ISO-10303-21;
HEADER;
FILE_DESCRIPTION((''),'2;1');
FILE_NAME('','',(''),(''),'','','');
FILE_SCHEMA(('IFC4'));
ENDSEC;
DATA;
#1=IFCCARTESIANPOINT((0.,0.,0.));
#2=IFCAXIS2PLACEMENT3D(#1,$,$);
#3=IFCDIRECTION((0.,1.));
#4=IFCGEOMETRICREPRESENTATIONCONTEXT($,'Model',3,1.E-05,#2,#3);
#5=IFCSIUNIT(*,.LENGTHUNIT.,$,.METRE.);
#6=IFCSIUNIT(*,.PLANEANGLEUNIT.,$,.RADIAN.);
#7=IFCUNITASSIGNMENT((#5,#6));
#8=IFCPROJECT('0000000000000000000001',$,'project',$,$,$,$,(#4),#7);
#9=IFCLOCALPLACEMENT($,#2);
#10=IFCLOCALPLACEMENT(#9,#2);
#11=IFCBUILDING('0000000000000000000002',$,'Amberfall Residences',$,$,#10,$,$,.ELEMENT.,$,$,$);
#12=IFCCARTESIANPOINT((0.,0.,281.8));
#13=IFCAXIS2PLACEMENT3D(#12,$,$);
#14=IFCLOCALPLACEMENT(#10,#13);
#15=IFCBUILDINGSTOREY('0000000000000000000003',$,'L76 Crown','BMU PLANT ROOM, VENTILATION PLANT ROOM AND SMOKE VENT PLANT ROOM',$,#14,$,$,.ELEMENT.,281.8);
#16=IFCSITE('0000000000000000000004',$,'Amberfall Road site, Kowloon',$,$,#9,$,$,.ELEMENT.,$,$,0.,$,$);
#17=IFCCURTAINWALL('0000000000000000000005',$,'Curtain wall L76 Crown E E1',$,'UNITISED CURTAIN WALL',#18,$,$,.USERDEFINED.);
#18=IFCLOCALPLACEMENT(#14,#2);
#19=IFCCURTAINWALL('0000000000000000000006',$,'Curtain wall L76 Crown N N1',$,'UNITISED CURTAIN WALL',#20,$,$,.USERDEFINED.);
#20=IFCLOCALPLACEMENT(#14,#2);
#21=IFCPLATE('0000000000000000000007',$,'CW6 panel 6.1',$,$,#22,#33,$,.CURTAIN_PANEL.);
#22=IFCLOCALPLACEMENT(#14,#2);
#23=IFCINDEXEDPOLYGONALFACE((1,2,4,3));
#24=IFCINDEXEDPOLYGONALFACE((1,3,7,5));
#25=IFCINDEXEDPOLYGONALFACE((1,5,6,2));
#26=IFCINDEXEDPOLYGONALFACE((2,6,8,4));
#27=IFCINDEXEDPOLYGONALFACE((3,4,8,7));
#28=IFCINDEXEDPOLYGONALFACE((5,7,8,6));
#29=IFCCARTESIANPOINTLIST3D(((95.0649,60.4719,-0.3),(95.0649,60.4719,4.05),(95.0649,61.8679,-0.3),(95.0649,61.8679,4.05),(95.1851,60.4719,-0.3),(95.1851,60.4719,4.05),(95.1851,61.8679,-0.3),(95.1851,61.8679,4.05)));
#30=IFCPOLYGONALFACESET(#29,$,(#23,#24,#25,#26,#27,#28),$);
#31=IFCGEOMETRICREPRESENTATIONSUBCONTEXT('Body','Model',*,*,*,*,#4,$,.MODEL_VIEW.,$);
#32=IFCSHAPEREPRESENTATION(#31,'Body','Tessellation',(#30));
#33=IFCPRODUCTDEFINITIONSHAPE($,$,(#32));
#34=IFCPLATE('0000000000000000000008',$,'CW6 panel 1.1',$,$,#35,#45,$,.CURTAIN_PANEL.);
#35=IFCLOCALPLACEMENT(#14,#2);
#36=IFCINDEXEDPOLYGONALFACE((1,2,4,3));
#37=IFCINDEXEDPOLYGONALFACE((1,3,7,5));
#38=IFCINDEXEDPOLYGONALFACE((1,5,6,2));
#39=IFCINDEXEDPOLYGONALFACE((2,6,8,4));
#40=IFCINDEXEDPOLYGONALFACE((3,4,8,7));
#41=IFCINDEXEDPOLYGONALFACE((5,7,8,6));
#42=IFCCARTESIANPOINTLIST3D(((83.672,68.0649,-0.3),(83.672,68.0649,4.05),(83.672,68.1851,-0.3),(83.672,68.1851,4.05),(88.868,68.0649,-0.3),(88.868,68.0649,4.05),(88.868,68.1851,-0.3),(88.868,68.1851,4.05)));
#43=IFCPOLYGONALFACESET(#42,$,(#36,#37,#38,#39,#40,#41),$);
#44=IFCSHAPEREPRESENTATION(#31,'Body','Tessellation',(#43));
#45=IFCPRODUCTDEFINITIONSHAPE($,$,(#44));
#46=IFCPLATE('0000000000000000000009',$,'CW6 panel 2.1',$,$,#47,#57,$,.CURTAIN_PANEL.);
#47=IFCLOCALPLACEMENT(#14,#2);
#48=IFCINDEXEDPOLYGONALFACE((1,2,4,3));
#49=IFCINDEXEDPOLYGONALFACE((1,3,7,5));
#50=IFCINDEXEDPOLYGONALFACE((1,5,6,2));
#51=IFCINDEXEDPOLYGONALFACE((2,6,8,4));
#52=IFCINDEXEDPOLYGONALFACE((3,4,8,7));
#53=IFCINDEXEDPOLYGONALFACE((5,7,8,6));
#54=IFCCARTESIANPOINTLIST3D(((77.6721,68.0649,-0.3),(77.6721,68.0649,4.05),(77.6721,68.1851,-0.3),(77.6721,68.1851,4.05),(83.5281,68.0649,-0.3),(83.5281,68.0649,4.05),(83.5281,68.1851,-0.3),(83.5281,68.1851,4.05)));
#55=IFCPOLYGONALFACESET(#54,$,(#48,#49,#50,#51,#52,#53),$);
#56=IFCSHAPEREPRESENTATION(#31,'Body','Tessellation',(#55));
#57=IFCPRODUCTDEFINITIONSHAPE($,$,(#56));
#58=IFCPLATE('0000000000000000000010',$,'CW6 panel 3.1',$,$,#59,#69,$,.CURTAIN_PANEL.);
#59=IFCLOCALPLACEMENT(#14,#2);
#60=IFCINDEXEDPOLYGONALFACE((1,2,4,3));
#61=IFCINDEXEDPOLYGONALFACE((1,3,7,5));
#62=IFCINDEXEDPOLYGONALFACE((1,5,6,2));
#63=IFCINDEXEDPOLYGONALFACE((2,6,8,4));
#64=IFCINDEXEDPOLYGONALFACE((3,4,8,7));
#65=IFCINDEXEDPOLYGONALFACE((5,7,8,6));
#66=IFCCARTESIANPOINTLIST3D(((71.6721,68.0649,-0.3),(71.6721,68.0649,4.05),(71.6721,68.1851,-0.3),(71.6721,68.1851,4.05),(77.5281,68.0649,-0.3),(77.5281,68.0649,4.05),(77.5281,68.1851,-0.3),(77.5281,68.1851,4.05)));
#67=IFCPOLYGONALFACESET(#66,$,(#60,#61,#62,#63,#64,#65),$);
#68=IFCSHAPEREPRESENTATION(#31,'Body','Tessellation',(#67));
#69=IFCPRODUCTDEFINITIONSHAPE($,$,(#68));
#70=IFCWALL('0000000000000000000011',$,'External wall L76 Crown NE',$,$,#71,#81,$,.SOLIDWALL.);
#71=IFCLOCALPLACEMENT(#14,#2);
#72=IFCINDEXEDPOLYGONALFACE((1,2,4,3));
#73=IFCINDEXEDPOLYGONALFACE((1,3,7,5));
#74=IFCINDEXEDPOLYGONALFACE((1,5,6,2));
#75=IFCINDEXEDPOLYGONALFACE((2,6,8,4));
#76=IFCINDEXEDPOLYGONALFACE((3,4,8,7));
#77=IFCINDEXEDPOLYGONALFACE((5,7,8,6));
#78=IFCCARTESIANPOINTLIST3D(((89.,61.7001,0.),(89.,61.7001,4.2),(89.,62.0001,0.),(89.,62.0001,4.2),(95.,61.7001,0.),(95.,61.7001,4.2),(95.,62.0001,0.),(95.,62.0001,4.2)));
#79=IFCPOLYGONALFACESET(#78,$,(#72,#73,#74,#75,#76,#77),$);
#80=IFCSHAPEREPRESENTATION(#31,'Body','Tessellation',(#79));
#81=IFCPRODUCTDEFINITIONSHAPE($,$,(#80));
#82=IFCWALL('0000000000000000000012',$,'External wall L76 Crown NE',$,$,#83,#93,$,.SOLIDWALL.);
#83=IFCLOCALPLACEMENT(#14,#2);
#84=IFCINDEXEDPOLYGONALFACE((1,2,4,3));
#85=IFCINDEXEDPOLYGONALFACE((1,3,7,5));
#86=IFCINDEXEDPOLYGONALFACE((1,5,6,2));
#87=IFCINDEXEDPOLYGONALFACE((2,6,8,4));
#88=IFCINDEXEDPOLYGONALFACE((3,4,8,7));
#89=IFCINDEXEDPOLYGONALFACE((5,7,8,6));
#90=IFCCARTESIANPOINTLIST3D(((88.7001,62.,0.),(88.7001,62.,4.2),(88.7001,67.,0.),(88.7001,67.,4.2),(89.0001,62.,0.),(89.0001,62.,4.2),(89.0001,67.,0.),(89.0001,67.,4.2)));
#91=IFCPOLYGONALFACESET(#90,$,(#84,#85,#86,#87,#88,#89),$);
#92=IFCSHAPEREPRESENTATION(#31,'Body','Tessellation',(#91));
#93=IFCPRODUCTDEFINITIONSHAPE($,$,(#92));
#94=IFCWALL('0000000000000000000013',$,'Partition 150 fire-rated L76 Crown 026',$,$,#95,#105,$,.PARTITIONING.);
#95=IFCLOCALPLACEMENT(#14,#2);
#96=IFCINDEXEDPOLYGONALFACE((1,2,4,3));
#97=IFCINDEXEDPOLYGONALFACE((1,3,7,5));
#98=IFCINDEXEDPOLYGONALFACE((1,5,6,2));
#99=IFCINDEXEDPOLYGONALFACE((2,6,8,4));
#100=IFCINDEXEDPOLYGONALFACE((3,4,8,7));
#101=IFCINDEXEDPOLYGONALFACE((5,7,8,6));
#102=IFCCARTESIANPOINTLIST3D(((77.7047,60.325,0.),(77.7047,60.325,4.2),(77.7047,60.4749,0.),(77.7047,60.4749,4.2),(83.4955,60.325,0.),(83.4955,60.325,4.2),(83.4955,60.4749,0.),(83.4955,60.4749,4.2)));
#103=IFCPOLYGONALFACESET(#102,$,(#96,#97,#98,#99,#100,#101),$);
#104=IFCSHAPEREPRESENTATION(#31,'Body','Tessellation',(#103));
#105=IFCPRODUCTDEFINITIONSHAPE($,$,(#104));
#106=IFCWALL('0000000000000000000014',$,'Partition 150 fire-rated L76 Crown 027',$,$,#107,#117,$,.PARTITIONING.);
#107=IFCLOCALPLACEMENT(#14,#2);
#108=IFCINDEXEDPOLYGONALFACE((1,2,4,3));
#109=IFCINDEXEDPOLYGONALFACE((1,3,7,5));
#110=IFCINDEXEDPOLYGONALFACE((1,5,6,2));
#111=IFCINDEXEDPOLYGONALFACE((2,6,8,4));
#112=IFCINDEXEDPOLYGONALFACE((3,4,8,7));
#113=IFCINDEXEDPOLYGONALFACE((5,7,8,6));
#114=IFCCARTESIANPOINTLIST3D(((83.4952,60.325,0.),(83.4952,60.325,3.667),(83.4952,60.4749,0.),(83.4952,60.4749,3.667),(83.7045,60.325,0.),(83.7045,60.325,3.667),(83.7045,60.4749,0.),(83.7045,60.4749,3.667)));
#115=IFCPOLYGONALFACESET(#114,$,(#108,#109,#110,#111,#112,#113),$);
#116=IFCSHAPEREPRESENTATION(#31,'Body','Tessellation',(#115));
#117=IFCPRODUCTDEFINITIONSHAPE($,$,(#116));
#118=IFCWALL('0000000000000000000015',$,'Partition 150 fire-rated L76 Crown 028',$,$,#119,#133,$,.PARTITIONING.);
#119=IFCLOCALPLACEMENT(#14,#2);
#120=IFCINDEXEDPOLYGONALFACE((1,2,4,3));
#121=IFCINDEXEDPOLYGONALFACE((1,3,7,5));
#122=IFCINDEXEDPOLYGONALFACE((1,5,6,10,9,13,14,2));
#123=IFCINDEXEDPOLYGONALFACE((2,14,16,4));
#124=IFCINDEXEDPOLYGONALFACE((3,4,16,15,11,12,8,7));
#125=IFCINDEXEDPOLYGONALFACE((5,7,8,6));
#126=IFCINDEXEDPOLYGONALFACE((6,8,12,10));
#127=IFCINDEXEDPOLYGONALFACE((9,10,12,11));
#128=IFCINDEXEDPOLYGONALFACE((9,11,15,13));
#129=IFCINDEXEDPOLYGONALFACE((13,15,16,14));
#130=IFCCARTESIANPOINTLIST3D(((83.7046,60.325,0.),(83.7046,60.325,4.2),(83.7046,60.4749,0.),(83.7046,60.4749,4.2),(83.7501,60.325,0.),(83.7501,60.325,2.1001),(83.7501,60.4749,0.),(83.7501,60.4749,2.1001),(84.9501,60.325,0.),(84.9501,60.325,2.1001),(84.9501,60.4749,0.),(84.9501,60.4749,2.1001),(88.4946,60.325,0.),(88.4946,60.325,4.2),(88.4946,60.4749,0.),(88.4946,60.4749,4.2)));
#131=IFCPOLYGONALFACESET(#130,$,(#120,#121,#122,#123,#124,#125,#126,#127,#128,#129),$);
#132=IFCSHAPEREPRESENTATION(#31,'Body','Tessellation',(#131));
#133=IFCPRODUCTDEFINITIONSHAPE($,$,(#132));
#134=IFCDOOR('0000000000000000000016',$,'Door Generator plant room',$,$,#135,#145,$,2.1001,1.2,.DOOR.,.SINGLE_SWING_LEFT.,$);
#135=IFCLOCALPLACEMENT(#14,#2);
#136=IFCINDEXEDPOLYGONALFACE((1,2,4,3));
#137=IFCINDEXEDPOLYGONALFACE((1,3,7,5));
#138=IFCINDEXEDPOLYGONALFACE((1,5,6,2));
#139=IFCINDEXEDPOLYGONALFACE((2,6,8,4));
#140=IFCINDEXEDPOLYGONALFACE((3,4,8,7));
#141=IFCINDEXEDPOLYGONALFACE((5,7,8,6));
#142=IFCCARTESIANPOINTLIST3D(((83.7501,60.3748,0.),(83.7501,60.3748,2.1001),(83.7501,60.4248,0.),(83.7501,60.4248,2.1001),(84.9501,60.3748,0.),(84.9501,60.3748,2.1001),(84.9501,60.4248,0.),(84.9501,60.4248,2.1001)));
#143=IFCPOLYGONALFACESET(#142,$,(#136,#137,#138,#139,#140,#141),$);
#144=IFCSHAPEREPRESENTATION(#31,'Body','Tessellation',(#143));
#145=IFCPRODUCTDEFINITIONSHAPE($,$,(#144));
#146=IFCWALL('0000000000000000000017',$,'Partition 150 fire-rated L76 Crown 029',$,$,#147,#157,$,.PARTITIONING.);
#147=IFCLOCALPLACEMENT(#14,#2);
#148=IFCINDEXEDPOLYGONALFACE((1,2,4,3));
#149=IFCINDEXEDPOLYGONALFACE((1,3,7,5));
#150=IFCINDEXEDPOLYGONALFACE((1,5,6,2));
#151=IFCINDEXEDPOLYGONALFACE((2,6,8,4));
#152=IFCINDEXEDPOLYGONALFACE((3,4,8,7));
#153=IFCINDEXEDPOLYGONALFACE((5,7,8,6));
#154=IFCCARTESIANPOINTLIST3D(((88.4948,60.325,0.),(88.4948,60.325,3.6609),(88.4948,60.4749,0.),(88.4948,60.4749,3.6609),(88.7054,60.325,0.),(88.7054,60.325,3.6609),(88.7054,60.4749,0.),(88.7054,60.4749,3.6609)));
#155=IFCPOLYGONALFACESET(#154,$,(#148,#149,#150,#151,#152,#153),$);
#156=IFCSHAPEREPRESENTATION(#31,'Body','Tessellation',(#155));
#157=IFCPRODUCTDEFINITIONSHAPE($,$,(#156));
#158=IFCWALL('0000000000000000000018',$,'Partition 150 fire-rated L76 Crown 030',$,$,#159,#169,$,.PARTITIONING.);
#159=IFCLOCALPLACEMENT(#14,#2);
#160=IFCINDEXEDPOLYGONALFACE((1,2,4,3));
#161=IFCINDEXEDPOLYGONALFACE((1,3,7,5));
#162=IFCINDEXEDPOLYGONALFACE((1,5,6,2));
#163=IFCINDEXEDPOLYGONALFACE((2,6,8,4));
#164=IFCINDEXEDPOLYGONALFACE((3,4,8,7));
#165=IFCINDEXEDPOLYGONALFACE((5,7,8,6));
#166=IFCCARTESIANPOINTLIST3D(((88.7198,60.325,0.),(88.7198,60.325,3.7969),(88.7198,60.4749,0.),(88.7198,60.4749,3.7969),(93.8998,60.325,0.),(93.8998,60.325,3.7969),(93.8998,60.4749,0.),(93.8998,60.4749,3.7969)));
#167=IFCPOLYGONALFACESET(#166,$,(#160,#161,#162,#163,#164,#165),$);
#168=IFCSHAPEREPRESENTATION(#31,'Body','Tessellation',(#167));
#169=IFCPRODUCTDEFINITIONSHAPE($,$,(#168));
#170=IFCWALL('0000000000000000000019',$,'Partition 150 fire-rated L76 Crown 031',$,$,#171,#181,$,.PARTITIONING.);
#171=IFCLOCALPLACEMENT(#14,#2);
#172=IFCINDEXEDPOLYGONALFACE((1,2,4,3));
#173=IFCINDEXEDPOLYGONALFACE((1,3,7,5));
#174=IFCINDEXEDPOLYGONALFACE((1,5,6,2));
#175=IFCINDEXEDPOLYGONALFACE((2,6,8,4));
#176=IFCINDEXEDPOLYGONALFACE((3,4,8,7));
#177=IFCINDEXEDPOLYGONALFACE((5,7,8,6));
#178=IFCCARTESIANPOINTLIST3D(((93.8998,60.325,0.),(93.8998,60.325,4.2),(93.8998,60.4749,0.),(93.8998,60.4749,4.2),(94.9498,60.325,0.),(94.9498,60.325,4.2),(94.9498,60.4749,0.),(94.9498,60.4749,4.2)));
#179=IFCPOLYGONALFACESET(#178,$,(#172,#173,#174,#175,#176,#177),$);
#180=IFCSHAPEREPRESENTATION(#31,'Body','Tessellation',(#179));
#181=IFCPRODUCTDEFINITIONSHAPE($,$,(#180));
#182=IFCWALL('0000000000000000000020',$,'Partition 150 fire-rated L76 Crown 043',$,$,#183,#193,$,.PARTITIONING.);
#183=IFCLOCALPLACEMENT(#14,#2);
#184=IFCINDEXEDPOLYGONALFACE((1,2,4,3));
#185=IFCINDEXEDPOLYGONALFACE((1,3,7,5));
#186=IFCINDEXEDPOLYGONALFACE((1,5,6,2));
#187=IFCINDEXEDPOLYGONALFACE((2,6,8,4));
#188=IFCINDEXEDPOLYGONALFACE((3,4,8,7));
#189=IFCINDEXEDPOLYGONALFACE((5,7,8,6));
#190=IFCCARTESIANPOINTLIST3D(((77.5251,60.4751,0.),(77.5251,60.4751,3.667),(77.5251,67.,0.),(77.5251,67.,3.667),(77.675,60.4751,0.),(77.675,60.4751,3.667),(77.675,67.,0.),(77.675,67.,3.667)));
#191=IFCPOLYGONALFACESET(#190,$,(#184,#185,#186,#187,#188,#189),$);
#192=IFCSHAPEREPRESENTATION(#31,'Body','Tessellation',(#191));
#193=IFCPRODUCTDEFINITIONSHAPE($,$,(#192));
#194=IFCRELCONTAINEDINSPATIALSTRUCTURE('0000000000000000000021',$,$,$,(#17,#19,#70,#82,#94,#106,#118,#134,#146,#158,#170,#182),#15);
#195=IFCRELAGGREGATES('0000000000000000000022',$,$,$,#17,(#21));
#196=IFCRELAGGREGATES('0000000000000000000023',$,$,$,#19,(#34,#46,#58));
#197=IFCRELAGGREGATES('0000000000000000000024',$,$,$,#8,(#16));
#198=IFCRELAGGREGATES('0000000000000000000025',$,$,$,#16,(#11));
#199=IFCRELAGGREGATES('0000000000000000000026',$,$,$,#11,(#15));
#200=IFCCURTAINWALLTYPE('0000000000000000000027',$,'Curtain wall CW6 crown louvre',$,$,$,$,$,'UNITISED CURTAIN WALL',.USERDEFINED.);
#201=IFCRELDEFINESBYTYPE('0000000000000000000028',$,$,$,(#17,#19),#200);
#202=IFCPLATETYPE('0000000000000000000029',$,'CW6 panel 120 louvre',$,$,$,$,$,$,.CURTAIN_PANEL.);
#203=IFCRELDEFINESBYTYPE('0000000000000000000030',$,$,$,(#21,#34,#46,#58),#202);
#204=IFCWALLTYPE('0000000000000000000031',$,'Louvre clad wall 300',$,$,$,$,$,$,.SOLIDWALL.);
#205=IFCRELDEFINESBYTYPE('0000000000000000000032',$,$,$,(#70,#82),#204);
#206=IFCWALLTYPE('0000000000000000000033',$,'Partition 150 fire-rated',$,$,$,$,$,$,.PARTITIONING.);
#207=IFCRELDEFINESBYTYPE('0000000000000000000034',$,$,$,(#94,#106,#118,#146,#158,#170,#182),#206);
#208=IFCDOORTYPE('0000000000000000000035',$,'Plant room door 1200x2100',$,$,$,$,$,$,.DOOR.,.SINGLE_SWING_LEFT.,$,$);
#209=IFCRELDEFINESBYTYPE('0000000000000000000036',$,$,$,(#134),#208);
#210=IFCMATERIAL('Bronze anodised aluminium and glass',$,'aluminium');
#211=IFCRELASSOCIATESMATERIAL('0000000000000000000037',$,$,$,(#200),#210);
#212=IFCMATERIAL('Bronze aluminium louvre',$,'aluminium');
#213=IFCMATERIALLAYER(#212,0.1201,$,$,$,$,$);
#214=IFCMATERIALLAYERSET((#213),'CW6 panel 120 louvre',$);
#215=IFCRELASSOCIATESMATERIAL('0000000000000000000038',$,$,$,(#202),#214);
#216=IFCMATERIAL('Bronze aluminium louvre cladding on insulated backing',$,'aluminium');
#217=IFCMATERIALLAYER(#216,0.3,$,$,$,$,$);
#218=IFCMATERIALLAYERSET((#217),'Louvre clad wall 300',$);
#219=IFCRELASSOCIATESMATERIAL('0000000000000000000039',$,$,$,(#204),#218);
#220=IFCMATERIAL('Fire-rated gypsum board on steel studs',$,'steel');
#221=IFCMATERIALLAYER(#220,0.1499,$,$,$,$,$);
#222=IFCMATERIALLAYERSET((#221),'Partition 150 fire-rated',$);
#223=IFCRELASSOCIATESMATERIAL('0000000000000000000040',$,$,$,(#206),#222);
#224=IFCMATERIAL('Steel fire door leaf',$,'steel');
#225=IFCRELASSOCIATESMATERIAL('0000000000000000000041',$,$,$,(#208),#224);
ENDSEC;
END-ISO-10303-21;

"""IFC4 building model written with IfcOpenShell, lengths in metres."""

from ifc_helpers import new_model, si_unit, direction, frame, frame_2d, origin, origin_2d, place, context, subcontext, project, spatial, rectangle, extrude, material, layer, layer_set, type_object, element, fill, aggregate, save


model = new_model("IFC4")

# Units and contexts
model_context = context("Model", 3, precision=1e-05, world=origin(), true_north=direction((0.0, 1.0)))
body_context = subcontext(model_context, "Body", "Model", "MODEL_VIEW")
ifc_project = project(units=[si_unit("LENGTHUNIT", "METRE"), si_unit("PLANEANGLEUNIT", "RADIAN")], contexts=[model_context])

# Site, building, storey
site_placement = place(None, origin())
site = spatial("IfcSite", under=ifc_project, at=site_placement, Name="Amberfall Road site, Kowloon", CompositionType="ELEMENT", RefElevation=0.0)
building_placement = place(site_placement, origin())
building = spatial("IfcBuilding", under=site, at=building_placement, Name="Amberfall Residences", CompositionType="ELEMENT")
storey_placement = place(building_placement, frame((0.0, 0.0, 281.8)))
storey = spatial("IfcBuildingStorey", under=building, at=storey_placement, Name="L76 Crown", Description="BMU PLANT ROOM, VENTILATION PLANT ROOM AND SMOKE VENT PLANT ROOM", CompositionType="ELEMENT", Elevation=281.8)

# Curtain walls
ifc_material_1 = material(Name="Bronze anodised aluminium and glass", Category="aluminium")
curtain_wall_type = type_object("IfcCurtainWallType", Name="Curtain wall CW6 crown louvre", ElementType="UNITISED CURTAIN WALL", PredefinedType="USERDEFINED", material=ifc_material_1)
curtain_wall_1_placement = place(storey_placement, origin())
curtain_wall_1 = element("IfcCurtainWall", 1, at=curtain_wall_1_placement, inside=storey, type_object=curtain_wall_type, Name="Curtain wall L76 Crown E E1", ObjectType="UNITISED CURTAIN WALL", PredefinedType="USERDEFINED")
curtain_wall_2_placement = place(storey_placement, origin())
curtain_wall_2 = element("IfcCurtainWall", 2, at=curtain_wall_2_placement, inside=storey, type_object=curtain_wall_type, Name="Curtain wall L76 Crown N N1", ObjectType="UNITISED CURTAIN WALL", PredefinedType="USERDEFINED")

# Plates
ifc_material_2 = material(Name="Bronze aluminium louvre", Category="aluminium")
ifc_layer_1 = layer(ifc_material_2, 0.1201)
ifc_layer_set_1 = layer_set([ifc_layer_1], Name="CW6 panel 120 louvre")
plate_type = type_object("IfcPlateType", Name="CW6 panel 120 louvre", PredefinedType="CURTAIN_PANEL", material=ifc_layer_set_1)
plate_1_placement = place(storey_placement, frame((95.125, 61.1699, -0.3), z_axis=(0.0, 0.0, 1.0), x_axis=(0.0, 1.0, 0.0)))
plate_1 = element("IfcPlate", 3, at=plate_1_placement, type_object=plate_type, Name="CW6 panel 6.1", PredefinedType="CURTAIN_PANEL", context=body_context, shape_type="SweptSolid", body=[
    extrude(rectangle(XDim=1.396, YDim=0.1201, at=origin_2d()), origin(), (0.0, 0.0, 1.0), 4.3501),
])
aggregate(curtain_wall_1, [plate_1])
plate_2_placement = place(storey_placement, frame((86.27, 68.125, -0.3), z_axis=(0.0, 0.0, 1.0), x_axis=(-1.0, 0.0, 0.0)))
plate_2 = element("IfcPlate", 4, at=plate_2_placement, type_object=plate_type, Name="CW6 panel 1.1", PredefinedType="CURTAIN_PANEL", context=body_context, shape_type="SweptSolid", body=[
    extrude(rectangle(XDim=5.196, YDim=0.1201, at=origin_2d()), origin(), (0.0, 0.0, 1.0), 4.3501),
])
plate_3_placement = place(storey_placement, frame((80.6001, 68.125, -0.3), z_axis=(0.0, 0.0, 1.0), x_axis=(-1.0, 0.0, 0.0)))
plate_3 = element("IfcPlate", 5, at=plate_3_placement, type_object=plate_type, Name="CW6 panel 2.1", PredefinedType="CURTAIN_PANEL", context=body_context, shape_type="SweptSolid", body=[
    extrude(rectangle(XDim=5.856, YDim=0.1201, at=origin_2d()), origin(), (0.0, 0.0, 1.0), 4.3501),
])
plate_4_placement = place(storey_placement, frame((74.6001, 68.125, -0.3), z_axis=(0.0, 0.0, 1.0), x_axis=(-1.0, 0.0, 0.0)))
plate_4 = element("IfcPlate", 6, at=plate_4_placement, type_object=plate_type, Name="CW6 panel 3.1", PredefinedType="CURTAIN_PANEL", context=body_context, shape_type="SweptSolid", body=[
    extrude(rectangle(XDim=5.856, YDim=0.1201, at=origin_2d()), origin(), (0.0, 0.0, 1.0), 4.3501),
])
aggregate(curtain_wall_2, [plate_2, plate_3, plate_4])

# Walls
ifc_material_3 = material(Name="Bronze aluminium louvre cladding on insulated backing", Category="aluminium")
ifc_layer_2 = layer(ifc_material_3, 0.3)
ifc_layer_set_2 = layer_set([ifc_layer_2], Name="Louvre clad wall 300")
wall_type_1 = type_object("IfcWallType", Name="Louvre clad wall 300", PredefinedType="SOLIDWALL", material=ifc_layer_set_2)
wall_1_placement = place(storey_placement, frame((95.0, 61.8501, 0.0), z_axis=(0.0, 0.0, 1.0), x_axis=(-1.0, 0.0, 0.0)))
element("IfcWall", 7, at=wall_1_placement, inside=storey, type_object=wall_type_1, Name="External wall L76 Crown NE", PredefinedType="SOLIDWALL", context=body_context, shape_type="SweptSolid", body=[
    extrude(rectangle(XDim=6.0, YDim=0.3, at=frame_2d((3.0, 0.0))), origin(), (0.0, 0.0, 1.0), 4.2),
])
wall_2_placement = place(storey_placement, frame((88.8501, 62.0, 0.0), z_axis=(0.0, 0.0, 1.0), x_axis=(0.0, 1.0, 0.0)))
element("IfcWall", 8, at=wall_2_placement, inside=storey, type_object=wall_type_1, Name="External wall L76 Crown NE", PredefinedType="SOLIDWALL", context=body_context, shape_type="SweptSolid", body=[
    extrude(rectangle(XDim=5.0, YDim=0.3, at=frame_2d((2.5, 0.0))), origin(), (0.0, 0.0, 1.0), 4.2),
])
ifc_material_4 = material(Name="Fire-rated gypsum board on steel studs", Category="steel")
ifc_layer_3 = layer(ifc_material_4, 0.1499)
ifc_layer_set_3 = layer_set([ifc_layer_3], Name="Partition 150 fire-rated")
wall_type_2 = type_object("IfcWallType", Name="Partition 150 fire-rated", PredefinedType="PARTITIONING", material=ifc_layer_set_3)
wall_3_placement = place(storey_placement, frame((77.7046, 60.3999, 0.0), z_axis=(0.0, 0.0, 1.0), x_axis=(1.0, 0.0, 0.0)))
element("IfcWall", 9, at=wall_3_placement, inside=storey, type_object=wall_type_2, Name="Partition 150 fire-rated L76 Crown 026", PredefinedType="PARTITIONING", context=body_context, shape_type="SweptSolid", body=[
    extrude(rectangle(XDim=5.7908, YDim=0.1499, at=frame_2d((2.8955, 0.0))), origin(), (0.0, 0.0, 1.0), 4.2),
])
wall_4_placement = place(storey_placement, frame((83.4954, 60.3999, 0.0), z_axis=(0.0, 0.0, 1.0), x_axis=(1.0, 0.0, 0.0)))
element("IfcWall", 10, at=wall_4_placement, inside=storey, type_object=wall_type_2, Name="Partition 150 fire-rated L76 Crown 027", PredefinedType="PARTITIONING", context=body_context, shape_type="SweptSolid", body=[
    extrude(rectangle(XDim=0.2092, YDim=0.1499, at=frame_2d((0.1045, 0.0))), origin(), (0.0, 0.0, 1.0), 3.667),
])

# Wall, opening, door
wall_5_placement = place(storey_placement, frame((83.7046, 60.3999, 0.0), z_axis=(0.0, 0.0, 1.0), x_axis=(1.0, 0.0, 0.0)))
wall_5 = element("IfcWall", 11, at=wall_5_placement, inside=storey, type_object=wall_type_2, Name="Partition 150 fire-rated L76 Crown 028", PredefinedType="PARTITIONING", context=body_context, shape_type="SweptSolid", body=[
    extrude(rectangle(XDim=4.79, YDim=0.1499, at=frame_2d((2.395, 0.0))), origin(), (0.0, 0.0, 1.0), 4.2),
])
opening_placement = place(wall_5_placement, frame((0.0454, 0.0, 0.0)))
opening = element("IfcOpeningElement", 12, at=opening_placement, cuts=wall_5, PredefinedType="OPENING", context=body_context, shape_type="SweptSolid", body=[
    extrude(rectangle(XDim=1.2, YDim=2.1001, at=frame_2d((0.6001, 1.05))), frame((0.0, 0.085, 0.0), z_axis=(0.0, -1.0, 0.0), x_axis=(1.0, 0.0, 0.0)), (0.0, 0.0, 1.0), 0.1699),
])
ifc_material_5 = material(Name="Steel fire door leaf", Category="steel")
door_type = type_object("IfcDoorType", Name="Plant room door 1200x2100", OperationType="SINGLE_SWING_LEFT", PredefinedType="DOOR", material=ifc_material_5)
door_placement = place(opening_placement, origin())
door = element("IfcDoor", 13, at=door_placement, inside=storey, type_object=door_type, Name="Door Generator plant room", OperationType="SINGLE_SWING_LEFT", OverallHeight=2.1001, OverallWidth=1.2, PredefinedType="DOOR", context=body_context, shape_type="SweptSolid", body=[
    extrude(rectangle(XDim=1.2, YDim=2.1001, at=frame_2d((0.6001, 1.05))), frame((0.0, 0.0249, 0.0), z_axis=(0.0, -1.0, 0.0), x_axis=(1.0, 0.0, 0.0)), (0.0, 0.0, 1.0), 0.05),
])
fill(opening, door)

# Walls
wall_6_placement = place(storey_placement, frame((88.4946, 60.3999, 0.0), z_axis=(0.0, 0.0, 1.0), x_axis=(1.0, 0.0, 0.0)))
element("IfcWall", 14, at=wall_6_placement, inside=storey, type_object=wall_type_2, Name="Partition 150 fire-rated L76 Crown 029", PredefinedType="PARTITIONING", context=body_context, shape_type="SweptSolid", body=[
    extrude(rectangle(XDim=0.2107, YDim=0.1499, at=frame_2d((0.1055, 0.0))), origin(), (0.0, 0.0, 1.0), 3.6609),
])
wall_7_placement = place(storey_placement, frame((88.72, 60.3999, 0.0), z_axis=(0.0, 0.0, 1.0), x_axis=(1.0, 0.0, 0.0)))
element("IfcWall", 15, at=wall_7_placement, inside=storey, type_object=wall_type_2, Name="Partition 150 fire-rated L76 Crown 030", PredefinedType="PARTITIONING", context=body_context, shape_type="SweptSolid", body=[
    extrude(rectangle(XDim=5.1799, YDim=0.1499, at=frame_2d((2.5898, 0.0))), origin(), (0.0, 0.0, 1.0), 3.7969),
])
wall_8_placement = place(storey_placement, frame((93.8999, 60.3999, 0.0), z_axis=(0.0, 0.0, 1.0), x_axis=(1.0, 0.0, 0.0)))
element("IfcWall", 16, at=wall_8_placement, inside=storey, type_object=wall_type_2, Name="Partition 150 fire-rated L76 Crown 031", PredefinedType="PARTITIONING", context=body_context, shape_type="SweptSolid", body=[
    extrude(rectangle(XDim=1.05, YDim=0.1499, at=frame_2d((0.5249, 0.0))), origin(), (0.0, 0.0, 1.0), 4.2),
])
wall_9_placement = place(storey_placement, frame((77.6001, 60.4751, 0.0), z_axis=(0.0, 0.0, 1.0), x_axis=(0.0, 1.0, 0.0)))
element("IfcWall", 17, at=wall_9_placement, inside=storey, type_object=wall_type_2, Name="Partition 150 fire-rated L76 Crown 043", PredefinedType="PARTITIONING", context=body_context, shape_type="SweptSolid", body=[
    extrude(rectangle(XDim=6.5249, YDim=0.1499, at=frame_2d((3.2625, 0.0))), origin(), (0.0, 0.0, 1.0), 3.667),
])

save(model, "model.ifc")
